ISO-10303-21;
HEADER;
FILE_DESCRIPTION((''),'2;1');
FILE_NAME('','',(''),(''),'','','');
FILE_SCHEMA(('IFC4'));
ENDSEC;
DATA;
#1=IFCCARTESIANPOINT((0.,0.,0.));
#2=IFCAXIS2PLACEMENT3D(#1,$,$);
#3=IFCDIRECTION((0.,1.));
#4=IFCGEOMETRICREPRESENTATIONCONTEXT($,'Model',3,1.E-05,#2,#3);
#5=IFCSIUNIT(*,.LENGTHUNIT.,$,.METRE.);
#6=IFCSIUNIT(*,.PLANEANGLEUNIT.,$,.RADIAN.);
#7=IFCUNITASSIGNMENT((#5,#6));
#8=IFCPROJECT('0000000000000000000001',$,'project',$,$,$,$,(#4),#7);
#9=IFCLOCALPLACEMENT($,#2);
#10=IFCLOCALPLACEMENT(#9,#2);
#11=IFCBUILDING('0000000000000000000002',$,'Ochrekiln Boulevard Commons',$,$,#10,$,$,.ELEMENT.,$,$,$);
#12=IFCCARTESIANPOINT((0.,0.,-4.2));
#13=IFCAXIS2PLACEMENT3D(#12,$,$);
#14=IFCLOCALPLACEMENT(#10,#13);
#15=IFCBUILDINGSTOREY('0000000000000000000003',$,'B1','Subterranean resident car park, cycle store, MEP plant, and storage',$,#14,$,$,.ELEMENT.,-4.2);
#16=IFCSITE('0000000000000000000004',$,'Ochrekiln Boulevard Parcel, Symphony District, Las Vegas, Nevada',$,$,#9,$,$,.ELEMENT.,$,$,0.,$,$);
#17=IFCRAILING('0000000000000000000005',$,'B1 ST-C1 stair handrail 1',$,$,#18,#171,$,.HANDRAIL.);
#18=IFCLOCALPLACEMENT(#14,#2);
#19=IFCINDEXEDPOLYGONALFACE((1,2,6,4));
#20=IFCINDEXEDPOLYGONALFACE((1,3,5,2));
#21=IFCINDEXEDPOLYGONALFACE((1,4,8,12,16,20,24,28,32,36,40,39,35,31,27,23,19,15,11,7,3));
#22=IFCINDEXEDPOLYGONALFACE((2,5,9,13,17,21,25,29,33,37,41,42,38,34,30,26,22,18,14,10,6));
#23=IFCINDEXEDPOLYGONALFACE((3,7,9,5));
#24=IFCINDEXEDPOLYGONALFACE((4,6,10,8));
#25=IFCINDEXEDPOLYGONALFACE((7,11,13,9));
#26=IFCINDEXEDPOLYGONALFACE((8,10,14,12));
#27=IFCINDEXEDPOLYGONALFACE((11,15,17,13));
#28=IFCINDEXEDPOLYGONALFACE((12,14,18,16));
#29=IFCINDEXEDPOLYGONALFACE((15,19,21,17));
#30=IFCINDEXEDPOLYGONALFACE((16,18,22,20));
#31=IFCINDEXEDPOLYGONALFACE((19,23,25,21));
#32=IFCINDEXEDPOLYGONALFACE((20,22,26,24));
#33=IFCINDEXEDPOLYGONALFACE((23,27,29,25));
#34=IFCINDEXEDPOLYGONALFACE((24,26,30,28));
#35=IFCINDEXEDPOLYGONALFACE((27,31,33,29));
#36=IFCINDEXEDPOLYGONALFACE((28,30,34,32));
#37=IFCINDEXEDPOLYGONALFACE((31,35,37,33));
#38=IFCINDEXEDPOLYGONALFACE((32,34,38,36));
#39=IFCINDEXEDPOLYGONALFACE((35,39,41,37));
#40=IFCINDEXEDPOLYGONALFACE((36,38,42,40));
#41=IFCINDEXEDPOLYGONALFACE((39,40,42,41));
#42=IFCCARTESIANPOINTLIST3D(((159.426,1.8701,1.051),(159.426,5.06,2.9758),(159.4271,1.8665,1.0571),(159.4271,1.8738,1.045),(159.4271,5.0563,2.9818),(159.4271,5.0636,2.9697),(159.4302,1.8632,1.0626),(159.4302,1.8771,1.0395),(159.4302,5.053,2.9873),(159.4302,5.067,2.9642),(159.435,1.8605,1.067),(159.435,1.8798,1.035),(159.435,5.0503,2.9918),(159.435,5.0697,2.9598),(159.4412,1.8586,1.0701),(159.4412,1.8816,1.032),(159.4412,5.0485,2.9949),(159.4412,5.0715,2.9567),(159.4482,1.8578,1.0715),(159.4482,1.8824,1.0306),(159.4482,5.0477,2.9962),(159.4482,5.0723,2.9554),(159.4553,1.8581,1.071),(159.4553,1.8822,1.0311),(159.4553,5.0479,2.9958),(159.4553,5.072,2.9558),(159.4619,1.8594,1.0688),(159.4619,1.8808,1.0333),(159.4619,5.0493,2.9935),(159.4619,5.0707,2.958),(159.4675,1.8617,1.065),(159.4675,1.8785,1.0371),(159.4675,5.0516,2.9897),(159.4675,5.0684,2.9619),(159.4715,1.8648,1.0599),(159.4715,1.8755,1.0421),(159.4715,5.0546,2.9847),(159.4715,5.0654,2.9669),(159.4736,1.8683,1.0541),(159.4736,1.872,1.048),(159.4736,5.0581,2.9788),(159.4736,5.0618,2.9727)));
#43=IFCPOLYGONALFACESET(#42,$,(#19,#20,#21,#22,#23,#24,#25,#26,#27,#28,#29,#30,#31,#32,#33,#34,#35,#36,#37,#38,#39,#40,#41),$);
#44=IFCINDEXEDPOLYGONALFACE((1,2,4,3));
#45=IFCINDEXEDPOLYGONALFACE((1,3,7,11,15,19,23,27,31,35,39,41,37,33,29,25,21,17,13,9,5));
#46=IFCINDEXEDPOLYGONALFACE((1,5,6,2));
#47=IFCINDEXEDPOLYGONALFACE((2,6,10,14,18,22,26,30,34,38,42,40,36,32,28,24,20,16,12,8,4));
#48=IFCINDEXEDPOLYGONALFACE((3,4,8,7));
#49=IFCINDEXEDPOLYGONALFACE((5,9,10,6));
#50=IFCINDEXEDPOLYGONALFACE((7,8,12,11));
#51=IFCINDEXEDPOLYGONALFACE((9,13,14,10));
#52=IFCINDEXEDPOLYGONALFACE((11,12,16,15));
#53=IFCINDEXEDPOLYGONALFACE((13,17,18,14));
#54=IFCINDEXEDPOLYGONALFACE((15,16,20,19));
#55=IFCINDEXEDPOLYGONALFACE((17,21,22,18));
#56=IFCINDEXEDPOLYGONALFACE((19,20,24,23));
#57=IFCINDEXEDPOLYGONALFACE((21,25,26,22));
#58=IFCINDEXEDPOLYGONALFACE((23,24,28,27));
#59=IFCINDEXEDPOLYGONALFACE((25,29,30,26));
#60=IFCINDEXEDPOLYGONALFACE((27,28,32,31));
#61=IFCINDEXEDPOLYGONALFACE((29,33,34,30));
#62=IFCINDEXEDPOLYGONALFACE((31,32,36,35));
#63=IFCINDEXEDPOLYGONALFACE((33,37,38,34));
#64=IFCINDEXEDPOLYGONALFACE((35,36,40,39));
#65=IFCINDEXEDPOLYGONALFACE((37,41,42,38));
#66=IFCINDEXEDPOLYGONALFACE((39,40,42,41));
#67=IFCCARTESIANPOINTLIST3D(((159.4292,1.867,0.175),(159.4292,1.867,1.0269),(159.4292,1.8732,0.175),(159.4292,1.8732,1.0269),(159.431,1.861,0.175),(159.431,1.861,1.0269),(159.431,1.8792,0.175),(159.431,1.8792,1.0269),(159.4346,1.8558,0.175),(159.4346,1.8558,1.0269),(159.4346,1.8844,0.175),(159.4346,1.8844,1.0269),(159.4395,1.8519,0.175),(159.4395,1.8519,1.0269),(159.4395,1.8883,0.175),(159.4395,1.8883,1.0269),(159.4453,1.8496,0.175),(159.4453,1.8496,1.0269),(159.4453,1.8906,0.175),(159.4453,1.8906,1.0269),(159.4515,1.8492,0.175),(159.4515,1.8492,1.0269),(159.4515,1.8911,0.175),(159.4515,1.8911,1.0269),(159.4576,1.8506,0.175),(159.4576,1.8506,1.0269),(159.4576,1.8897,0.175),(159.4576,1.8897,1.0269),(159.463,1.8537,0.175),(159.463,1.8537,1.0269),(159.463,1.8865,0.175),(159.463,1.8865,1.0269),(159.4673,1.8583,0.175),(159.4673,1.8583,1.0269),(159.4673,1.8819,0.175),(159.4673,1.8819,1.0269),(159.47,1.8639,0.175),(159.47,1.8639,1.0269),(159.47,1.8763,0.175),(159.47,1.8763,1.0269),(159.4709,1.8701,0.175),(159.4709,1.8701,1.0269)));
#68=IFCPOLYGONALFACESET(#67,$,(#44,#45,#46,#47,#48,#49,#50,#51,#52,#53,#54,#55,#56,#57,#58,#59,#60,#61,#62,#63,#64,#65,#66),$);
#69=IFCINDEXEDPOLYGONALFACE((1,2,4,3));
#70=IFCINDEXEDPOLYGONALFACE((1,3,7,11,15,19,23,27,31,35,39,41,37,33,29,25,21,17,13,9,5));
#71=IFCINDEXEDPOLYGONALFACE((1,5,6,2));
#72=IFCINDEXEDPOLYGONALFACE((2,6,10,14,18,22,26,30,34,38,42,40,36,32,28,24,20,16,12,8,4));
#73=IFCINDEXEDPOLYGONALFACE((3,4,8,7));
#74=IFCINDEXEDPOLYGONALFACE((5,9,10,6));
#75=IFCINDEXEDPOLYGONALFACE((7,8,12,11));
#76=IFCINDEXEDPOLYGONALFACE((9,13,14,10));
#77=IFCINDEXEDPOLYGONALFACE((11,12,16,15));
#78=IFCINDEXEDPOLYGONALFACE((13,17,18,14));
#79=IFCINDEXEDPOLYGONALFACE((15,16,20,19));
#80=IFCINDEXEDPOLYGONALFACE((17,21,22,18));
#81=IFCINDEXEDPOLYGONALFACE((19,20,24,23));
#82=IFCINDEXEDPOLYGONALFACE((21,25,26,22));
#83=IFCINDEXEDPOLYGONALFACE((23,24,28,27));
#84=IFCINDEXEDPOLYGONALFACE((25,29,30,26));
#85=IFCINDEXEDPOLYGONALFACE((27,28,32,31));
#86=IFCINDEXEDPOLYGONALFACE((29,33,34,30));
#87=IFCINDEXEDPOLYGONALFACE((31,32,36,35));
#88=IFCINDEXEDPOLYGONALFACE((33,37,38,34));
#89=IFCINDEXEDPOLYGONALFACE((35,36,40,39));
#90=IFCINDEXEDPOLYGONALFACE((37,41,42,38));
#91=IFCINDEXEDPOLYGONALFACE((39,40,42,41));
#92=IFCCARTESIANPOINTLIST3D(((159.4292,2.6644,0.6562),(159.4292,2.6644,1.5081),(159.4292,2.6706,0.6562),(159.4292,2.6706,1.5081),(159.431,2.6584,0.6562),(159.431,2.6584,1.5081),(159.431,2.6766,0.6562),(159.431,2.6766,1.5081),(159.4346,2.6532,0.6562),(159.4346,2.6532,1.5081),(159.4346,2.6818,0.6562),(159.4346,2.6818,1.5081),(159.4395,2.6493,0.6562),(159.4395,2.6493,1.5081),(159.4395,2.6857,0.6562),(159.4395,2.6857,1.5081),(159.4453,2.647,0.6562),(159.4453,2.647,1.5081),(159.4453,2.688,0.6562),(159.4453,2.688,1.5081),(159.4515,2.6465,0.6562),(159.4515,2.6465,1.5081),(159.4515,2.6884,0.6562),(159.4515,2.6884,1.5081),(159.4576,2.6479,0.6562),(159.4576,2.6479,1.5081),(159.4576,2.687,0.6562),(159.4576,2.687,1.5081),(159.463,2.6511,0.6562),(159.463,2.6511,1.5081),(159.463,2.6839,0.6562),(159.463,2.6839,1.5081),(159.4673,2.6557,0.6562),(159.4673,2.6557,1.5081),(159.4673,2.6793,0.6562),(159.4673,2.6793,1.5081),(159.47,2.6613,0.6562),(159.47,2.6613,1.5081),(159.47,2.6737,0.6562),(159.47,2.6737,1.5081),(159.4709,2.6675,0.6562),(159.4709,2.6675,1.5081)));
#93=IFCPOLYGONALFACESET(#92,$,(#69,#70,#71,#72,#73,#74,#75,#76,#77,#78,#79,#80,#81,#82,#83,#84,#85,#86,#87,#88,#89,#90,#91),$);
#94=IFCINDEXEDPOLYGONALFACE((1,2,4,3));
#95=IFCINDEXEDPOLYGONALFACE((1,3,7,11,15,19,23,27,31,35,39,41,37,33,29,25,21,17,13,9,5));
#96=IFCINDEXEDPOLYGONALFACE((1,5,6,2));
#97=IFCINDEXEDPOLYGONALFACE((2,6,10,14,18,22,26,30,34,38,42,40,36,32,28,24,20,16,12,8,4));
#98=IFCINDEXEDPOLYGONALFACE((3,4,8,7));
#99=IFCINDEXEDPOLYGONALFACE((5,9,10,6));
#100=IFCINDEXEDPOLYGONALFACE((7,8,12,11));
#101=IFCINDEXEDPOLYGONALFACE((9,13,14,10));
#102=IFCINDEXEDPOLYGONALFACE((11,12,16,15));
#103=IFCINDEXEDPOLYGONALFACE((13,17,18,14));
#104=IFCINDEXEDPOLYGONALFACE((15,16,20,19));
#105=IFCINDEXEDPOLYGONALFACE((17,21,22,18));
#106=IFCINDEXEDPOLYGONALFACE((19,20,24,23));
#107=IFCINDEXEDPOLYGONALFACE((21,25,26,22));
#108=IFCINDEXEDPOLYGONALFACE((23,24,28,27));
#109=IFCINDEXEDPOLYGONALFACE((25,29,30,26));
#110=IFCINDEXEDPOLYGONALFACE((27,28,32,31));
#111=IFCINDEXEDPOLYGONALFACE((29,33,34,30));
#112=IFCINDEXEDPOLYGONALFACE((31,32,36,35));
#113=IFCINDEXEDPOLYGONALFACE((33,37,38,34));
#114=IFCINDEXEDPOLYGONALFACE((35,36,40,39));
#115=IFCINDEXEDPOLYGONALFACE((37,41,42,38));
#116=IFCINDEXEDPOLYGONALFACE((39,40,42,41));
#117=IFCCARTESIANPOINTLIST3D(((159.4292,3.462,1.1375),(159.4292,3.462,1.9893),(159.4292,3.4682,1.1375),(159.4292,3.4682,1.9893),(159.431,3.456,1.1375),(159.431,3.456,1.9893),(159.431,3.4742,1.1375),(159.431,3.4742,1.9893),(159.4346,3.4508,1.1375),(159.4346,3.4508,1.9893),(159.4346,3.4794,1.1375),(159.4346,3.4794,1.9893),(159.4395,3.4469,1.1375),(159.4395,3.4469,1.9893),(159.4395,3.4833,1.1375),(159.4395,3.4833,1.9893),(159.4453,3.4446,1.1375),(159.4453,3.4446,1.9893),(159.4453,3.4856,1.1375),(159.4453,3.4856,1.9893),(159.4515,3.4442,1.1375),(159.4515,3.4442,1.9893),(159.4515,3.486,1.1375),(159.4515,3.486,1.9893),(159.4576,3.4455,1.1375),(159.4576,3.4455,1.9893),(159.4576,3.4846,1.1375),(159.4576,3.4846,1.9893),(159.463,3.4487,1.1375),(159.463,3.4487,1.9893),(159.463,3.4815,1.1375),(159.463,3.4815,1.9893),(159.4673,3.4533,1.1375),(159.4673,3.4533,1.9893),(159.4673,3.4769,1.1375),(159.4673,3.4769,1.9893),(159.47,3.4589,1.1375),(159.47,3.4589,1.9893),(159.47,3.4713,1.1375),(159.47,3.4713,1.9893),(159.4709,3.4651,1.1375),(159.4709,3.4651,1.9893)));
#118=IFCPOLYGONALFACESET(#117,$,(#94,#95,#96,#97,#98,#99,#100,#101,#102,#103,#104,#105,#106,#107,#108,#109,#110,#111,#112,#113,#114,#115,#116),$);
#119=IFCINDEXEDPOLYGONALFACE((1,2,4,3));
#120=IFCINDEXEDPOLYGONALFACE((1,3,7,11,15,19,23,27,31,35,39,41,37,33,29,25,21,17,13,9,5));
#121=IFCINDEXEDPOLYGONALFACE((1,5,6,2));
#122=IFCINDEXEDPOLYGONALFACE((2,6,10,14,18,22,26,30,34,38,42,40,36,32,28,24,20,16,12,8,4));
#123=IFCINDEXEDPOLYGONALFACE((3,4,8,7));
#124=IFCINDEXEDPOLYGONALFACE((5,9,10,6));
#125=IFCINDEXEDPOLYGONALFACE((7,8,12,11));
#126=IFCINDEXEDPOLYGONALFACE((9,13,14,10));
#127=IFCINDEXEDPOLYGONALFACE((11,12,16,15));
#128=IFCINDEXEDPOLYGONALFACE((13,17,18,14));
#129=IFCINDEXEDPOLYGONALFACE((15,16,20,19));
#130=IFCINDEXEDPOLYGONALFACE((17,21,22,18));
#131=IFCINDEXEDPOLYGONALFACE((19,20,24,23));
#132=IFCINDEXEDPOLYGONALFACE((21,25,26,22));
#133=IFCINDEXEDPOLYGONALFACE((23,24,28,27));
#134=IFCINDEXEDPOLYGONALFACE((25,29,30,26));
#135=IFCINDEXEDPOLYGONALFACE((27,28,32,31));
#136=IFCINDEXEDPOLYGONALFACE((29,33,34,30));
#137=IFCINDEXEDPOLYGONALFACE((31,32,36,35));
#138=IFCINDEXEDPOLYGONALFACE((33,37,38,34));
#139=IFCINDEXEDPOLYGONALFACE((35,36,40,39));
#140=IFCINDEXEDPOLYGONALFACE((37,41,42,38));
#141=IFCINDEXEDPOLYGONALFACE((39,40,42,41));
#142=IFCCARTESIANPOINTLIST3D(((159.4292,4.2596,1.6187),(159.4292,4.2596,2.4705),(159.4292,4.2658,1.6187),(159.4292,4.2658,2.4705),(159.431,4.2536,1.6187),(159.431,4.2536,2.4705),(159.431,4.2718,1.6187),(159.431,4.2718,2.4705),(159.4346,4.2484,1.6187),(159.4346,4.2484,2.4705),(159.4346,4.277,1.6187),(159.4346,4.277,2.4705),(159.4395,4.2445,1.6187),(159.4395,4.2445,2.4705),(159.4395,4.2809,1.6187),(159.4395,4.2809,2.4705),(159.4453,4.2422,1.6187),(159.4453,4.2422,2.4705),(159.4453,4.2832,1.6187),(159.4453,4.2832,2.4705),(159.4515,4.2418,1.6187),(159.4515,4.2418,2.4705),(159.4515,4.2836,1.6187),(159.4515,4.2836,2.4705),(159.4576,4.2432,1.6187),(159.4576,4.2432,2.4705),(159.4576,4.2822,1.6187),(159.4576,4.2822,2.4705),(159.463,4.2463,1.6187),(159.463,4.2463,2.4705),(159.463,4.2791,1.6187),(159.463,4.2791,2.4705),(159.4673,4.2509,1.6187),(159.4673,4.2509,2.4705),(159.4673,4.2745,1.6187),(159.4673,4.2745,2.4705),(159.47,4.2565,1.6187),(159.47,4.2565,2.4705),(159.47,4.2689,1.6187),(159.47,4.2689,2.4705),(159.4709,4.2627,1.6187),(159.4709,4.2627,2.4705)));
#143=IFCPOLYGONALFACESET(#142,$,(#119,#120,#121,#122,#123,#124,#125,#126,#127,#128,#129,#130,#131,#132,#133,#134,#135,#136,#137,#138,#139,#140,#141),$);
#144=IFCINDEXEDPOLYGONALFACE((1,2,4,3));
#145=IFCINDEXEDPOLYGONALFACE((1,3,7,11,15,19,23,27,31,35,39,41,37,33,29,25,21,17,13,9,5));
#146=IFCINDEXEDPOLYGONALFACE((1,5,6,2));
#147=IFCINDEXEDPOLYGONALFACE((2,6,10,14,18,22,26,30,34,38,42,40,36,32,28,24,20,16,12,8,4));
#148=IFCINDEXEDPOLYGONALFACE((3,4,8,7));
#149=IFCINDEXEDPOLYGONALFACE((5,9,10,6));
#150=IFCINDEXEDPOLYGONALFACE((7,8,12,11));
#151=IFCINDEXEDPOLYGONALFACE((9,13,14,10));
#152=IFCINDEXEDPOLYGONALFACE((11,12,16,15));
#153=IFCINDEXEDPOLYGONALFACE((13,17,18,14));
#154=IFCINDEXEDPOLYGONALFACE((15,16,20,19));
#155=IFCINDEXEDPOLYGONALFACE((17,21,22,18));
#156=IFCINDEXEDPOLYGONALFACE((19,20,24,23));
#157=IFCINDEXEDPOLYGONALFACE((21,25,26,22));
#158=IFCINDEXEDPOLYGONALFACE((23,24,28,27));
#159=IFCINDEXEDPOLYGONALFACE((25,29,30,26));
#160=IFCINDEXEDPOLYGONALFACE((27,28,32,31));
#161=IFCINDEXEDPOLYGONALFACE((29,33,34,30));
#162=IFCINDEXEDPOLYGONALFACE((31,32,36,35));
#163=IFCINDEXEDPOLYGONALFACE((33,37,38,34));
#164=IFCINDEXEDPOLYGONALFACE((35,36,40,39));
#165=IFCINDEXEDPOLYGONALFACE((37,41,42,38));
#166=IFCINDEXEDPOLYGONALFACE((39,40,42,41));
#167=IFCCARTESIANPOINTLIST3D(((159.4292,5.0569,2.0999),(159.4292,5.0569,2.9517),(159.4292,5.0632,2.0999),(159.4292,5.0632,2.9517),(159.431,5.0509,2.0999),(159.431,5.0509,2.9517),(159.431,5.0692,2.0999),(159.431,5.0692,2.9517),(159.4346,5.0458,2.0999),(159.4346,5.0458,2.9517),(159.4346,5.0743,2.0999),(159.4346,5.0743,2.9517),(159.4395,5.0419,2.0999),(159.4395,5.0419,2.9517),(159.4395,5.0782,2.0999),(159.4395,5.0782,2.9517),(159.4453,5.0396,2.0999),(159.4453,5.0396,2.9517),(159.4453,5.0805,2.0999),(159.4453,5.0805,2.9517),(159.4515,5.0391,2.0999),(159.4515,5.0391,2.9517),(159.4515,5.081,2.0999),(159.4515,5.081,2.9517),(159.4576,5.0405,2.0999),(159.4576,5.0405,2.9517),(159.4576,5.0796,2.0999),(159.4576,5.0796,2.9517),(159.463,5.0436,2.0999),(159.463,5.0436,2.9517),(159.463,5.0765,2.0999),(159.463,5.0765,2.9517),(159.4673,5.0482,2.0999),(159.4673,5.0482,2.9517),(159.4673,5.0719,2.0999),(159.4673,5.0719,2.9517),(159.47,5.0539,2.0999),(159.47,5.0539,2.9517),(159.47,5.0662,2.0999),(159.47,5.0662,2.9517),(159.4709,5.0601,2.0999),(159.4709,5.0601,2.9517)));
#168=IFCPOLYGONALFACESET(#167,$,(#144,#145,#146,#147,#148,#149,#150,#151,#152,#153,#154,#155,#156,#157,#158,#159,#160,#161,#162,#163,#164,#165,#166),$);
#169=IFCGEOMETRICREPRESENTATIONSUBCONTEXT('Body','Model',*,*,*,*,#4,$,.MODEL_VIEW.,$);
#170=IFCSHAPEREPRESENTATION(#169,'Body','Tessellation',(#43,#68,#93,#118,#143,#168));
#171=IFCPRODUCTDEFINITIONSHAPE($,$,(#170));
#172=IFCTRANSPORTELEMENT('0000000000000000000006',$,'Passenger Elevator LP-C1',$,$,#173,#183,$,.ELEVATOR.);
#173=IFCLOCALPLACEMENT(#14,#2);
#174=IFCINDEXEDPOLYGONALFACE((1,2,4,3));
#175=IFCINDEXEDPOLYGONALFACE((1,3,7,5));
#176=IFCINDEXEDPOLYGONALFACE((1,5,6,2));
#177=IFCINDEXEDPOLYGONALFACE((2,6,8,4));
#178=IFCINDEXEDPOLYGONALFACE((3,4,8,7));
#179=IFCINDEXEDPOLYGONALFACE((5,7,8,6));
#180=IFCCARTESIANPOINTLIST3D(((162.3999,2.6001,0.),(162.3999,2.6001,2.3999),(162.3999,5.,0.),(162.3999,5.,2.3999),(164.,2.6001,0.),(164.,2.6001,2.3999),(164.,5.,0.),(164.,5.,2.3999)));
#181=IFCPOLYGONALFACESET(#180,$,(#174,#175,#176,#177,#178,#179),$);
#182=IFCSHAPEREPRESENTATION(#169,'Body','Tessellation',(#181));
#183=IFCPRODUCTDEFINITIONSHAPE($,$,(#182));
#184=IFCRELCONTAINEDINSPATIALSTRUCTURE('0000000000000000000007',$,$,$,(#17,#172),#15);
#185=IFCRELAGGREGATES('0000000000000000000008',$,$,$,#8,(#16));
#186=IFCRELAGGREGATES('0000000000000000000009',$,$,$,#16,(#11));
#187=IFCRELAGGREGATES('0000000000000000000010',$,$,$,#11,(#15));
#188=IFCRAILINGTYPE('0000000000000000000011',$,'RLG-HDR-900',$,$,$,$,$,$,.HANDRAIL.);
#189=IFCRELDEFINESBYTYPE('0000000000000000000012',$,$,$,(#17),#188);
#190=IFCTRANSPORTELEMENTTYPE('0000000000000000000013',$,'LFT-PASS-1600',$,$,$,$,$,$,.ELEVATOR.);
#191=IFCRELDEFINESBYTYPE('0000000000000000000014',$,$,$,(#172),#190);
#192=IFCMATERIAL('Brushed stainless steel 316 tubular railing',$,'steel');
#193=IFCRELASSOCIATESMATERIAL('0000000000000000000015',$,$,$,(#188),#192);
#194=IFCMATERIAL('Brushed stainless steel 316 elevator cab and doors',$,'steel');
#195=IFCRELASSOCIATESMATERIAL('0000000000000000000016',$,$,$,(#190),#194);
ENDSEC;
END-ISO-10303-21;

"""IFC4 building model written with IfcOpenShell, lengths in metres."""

from ifc_helpers import new_model, si_unit, direction, frame, origin, origin_2d, place, context, subcontext, project, spatial, rectangle, circle, extrude, material, type_object, element, save


model = new_model("IFC4")

# Units and contexts
model_context = context("Model", 3, precision=1e-05, world=origin(), true_north=direction((0.0, 1.0)))
body_context = subcontext(model_context, "Body", "Model", "MODEL_VIEW")
ifc_project = project(units=[si_unit("LENGTHUNIT", "METRE"), si_unit("PLANEANGLEUNIT", "RADIAN")], contexts=[model_context])

# Site, building, storey
site_placement = place(None, origin())
site = spatial("IfcSite", under=ifc_project, at=site_placement, Name="Ochrekiln Boulevard Parcel, Symphony District, Las Vegas, Nevada", CompositionType="ELEMENT", RefElevation=0.0)
building_placement = place(site_placement, origin())
building = spatial("IfcBuilding", under=site, at=building_placement, Name="Ochrekiln Boulevard Commons", CompositionType="ELEMENT")
storey_placement = place(building_placement, frame((0.0, 0.0, -4.2)))
storey = spatial("IfcBuildingStorey", under=building, at=storey_placement, Name="B1", Description="Subterranean resident car park, cycle store, MEP plant, and storage", CompositionType="ELEMENT", Elevation=-4.2)

# Shared definitions
ifc_material_1 = material(Name="Brushed stainless steel 316 elevator cab and doors", Category="steel")

# Railing
ifc_material_2 = material(Name="Brushed stainless steel 316 tubular railing", Category="steel")
railing_type = type_object("IfcRailingType", Name="RLG-HDR-900", PredefinedType="HANDRAIL", material=ifc_material_2)
railing_placement = place(storey_placement, frame((159.45, 1.8701, 0.175)))
element("IfcRailing", 1, at=railing_placement, inside=storey, type_object=railing_type, Name="B1 ST-C1 stair handrail 1", PredefinedType="HANDRAIL", context=body_context, shape_type="SweptSolid", body=[
    extrude(circle(Radius=0.0239, at=origin_2d()), frame((0.0, 0.0, 0.876), z_axis=(0.0, 0.856207, 0.516633), x_axis=(-1.0, 0.0, 0.0)), (0.0, 0.0, 1.0), 3.7256),
    extrude(circle(Radius=0.021, at=origin_2d()), origin(), (0.0, 0.0, 1.0), 0.8518),
    extrude(circle(Radius=0.021, at=origin_2d()), frame((0.0, 0.7974, 0.4812)), (0.0, 0.0, 1.0), 0.8518),
    extrude(circle(Radius=0.021, at=origin_2d()), frame((0.0, 1.595, 0.9624)), (0.0, 0.0, 1.0), 0.8518),
    extrude(circle(Radius=0.021, at=origin_2d()), frame((0.0, 2.3926, 1.4436)), (0.0, 0.0, 1.0), 0.8518),
    extrude(circle(Radius=0.021, at=origin_2d()), frame((0.0, 3.1899, 1.9248)), (0.0, 0.0, 1.0), 0.8518),
])

# Transport element
transport_element_type = type_object("IfcTransportElementType", Name="LFT-PASS-1600", PredefinedType="ELEVATOR", material=ifc_material_1)
transport_element_placement = place(storey_placement, frame((163.2, 3.8, 0.0), z_axis=(0.0, 0.0, 1.0), x_axis=(1.0, 0.0, 0.0)))
element("IfcTransportElement", 2, at=transport_element_placement, inside=storey, type_object=transport_element_type, Name="Passenger Elevator LP-C1", PredefinedType="ELEVATOR", context=body_context, shape_type="SweptSolid", body=[
    extrude(rectangle(XDim=1.6001, YDim=2.3999, at=origin_2d()), origin(), (0.0, 0.0, 1.0), 2.3999),
])

save(model, "model.ifc")
